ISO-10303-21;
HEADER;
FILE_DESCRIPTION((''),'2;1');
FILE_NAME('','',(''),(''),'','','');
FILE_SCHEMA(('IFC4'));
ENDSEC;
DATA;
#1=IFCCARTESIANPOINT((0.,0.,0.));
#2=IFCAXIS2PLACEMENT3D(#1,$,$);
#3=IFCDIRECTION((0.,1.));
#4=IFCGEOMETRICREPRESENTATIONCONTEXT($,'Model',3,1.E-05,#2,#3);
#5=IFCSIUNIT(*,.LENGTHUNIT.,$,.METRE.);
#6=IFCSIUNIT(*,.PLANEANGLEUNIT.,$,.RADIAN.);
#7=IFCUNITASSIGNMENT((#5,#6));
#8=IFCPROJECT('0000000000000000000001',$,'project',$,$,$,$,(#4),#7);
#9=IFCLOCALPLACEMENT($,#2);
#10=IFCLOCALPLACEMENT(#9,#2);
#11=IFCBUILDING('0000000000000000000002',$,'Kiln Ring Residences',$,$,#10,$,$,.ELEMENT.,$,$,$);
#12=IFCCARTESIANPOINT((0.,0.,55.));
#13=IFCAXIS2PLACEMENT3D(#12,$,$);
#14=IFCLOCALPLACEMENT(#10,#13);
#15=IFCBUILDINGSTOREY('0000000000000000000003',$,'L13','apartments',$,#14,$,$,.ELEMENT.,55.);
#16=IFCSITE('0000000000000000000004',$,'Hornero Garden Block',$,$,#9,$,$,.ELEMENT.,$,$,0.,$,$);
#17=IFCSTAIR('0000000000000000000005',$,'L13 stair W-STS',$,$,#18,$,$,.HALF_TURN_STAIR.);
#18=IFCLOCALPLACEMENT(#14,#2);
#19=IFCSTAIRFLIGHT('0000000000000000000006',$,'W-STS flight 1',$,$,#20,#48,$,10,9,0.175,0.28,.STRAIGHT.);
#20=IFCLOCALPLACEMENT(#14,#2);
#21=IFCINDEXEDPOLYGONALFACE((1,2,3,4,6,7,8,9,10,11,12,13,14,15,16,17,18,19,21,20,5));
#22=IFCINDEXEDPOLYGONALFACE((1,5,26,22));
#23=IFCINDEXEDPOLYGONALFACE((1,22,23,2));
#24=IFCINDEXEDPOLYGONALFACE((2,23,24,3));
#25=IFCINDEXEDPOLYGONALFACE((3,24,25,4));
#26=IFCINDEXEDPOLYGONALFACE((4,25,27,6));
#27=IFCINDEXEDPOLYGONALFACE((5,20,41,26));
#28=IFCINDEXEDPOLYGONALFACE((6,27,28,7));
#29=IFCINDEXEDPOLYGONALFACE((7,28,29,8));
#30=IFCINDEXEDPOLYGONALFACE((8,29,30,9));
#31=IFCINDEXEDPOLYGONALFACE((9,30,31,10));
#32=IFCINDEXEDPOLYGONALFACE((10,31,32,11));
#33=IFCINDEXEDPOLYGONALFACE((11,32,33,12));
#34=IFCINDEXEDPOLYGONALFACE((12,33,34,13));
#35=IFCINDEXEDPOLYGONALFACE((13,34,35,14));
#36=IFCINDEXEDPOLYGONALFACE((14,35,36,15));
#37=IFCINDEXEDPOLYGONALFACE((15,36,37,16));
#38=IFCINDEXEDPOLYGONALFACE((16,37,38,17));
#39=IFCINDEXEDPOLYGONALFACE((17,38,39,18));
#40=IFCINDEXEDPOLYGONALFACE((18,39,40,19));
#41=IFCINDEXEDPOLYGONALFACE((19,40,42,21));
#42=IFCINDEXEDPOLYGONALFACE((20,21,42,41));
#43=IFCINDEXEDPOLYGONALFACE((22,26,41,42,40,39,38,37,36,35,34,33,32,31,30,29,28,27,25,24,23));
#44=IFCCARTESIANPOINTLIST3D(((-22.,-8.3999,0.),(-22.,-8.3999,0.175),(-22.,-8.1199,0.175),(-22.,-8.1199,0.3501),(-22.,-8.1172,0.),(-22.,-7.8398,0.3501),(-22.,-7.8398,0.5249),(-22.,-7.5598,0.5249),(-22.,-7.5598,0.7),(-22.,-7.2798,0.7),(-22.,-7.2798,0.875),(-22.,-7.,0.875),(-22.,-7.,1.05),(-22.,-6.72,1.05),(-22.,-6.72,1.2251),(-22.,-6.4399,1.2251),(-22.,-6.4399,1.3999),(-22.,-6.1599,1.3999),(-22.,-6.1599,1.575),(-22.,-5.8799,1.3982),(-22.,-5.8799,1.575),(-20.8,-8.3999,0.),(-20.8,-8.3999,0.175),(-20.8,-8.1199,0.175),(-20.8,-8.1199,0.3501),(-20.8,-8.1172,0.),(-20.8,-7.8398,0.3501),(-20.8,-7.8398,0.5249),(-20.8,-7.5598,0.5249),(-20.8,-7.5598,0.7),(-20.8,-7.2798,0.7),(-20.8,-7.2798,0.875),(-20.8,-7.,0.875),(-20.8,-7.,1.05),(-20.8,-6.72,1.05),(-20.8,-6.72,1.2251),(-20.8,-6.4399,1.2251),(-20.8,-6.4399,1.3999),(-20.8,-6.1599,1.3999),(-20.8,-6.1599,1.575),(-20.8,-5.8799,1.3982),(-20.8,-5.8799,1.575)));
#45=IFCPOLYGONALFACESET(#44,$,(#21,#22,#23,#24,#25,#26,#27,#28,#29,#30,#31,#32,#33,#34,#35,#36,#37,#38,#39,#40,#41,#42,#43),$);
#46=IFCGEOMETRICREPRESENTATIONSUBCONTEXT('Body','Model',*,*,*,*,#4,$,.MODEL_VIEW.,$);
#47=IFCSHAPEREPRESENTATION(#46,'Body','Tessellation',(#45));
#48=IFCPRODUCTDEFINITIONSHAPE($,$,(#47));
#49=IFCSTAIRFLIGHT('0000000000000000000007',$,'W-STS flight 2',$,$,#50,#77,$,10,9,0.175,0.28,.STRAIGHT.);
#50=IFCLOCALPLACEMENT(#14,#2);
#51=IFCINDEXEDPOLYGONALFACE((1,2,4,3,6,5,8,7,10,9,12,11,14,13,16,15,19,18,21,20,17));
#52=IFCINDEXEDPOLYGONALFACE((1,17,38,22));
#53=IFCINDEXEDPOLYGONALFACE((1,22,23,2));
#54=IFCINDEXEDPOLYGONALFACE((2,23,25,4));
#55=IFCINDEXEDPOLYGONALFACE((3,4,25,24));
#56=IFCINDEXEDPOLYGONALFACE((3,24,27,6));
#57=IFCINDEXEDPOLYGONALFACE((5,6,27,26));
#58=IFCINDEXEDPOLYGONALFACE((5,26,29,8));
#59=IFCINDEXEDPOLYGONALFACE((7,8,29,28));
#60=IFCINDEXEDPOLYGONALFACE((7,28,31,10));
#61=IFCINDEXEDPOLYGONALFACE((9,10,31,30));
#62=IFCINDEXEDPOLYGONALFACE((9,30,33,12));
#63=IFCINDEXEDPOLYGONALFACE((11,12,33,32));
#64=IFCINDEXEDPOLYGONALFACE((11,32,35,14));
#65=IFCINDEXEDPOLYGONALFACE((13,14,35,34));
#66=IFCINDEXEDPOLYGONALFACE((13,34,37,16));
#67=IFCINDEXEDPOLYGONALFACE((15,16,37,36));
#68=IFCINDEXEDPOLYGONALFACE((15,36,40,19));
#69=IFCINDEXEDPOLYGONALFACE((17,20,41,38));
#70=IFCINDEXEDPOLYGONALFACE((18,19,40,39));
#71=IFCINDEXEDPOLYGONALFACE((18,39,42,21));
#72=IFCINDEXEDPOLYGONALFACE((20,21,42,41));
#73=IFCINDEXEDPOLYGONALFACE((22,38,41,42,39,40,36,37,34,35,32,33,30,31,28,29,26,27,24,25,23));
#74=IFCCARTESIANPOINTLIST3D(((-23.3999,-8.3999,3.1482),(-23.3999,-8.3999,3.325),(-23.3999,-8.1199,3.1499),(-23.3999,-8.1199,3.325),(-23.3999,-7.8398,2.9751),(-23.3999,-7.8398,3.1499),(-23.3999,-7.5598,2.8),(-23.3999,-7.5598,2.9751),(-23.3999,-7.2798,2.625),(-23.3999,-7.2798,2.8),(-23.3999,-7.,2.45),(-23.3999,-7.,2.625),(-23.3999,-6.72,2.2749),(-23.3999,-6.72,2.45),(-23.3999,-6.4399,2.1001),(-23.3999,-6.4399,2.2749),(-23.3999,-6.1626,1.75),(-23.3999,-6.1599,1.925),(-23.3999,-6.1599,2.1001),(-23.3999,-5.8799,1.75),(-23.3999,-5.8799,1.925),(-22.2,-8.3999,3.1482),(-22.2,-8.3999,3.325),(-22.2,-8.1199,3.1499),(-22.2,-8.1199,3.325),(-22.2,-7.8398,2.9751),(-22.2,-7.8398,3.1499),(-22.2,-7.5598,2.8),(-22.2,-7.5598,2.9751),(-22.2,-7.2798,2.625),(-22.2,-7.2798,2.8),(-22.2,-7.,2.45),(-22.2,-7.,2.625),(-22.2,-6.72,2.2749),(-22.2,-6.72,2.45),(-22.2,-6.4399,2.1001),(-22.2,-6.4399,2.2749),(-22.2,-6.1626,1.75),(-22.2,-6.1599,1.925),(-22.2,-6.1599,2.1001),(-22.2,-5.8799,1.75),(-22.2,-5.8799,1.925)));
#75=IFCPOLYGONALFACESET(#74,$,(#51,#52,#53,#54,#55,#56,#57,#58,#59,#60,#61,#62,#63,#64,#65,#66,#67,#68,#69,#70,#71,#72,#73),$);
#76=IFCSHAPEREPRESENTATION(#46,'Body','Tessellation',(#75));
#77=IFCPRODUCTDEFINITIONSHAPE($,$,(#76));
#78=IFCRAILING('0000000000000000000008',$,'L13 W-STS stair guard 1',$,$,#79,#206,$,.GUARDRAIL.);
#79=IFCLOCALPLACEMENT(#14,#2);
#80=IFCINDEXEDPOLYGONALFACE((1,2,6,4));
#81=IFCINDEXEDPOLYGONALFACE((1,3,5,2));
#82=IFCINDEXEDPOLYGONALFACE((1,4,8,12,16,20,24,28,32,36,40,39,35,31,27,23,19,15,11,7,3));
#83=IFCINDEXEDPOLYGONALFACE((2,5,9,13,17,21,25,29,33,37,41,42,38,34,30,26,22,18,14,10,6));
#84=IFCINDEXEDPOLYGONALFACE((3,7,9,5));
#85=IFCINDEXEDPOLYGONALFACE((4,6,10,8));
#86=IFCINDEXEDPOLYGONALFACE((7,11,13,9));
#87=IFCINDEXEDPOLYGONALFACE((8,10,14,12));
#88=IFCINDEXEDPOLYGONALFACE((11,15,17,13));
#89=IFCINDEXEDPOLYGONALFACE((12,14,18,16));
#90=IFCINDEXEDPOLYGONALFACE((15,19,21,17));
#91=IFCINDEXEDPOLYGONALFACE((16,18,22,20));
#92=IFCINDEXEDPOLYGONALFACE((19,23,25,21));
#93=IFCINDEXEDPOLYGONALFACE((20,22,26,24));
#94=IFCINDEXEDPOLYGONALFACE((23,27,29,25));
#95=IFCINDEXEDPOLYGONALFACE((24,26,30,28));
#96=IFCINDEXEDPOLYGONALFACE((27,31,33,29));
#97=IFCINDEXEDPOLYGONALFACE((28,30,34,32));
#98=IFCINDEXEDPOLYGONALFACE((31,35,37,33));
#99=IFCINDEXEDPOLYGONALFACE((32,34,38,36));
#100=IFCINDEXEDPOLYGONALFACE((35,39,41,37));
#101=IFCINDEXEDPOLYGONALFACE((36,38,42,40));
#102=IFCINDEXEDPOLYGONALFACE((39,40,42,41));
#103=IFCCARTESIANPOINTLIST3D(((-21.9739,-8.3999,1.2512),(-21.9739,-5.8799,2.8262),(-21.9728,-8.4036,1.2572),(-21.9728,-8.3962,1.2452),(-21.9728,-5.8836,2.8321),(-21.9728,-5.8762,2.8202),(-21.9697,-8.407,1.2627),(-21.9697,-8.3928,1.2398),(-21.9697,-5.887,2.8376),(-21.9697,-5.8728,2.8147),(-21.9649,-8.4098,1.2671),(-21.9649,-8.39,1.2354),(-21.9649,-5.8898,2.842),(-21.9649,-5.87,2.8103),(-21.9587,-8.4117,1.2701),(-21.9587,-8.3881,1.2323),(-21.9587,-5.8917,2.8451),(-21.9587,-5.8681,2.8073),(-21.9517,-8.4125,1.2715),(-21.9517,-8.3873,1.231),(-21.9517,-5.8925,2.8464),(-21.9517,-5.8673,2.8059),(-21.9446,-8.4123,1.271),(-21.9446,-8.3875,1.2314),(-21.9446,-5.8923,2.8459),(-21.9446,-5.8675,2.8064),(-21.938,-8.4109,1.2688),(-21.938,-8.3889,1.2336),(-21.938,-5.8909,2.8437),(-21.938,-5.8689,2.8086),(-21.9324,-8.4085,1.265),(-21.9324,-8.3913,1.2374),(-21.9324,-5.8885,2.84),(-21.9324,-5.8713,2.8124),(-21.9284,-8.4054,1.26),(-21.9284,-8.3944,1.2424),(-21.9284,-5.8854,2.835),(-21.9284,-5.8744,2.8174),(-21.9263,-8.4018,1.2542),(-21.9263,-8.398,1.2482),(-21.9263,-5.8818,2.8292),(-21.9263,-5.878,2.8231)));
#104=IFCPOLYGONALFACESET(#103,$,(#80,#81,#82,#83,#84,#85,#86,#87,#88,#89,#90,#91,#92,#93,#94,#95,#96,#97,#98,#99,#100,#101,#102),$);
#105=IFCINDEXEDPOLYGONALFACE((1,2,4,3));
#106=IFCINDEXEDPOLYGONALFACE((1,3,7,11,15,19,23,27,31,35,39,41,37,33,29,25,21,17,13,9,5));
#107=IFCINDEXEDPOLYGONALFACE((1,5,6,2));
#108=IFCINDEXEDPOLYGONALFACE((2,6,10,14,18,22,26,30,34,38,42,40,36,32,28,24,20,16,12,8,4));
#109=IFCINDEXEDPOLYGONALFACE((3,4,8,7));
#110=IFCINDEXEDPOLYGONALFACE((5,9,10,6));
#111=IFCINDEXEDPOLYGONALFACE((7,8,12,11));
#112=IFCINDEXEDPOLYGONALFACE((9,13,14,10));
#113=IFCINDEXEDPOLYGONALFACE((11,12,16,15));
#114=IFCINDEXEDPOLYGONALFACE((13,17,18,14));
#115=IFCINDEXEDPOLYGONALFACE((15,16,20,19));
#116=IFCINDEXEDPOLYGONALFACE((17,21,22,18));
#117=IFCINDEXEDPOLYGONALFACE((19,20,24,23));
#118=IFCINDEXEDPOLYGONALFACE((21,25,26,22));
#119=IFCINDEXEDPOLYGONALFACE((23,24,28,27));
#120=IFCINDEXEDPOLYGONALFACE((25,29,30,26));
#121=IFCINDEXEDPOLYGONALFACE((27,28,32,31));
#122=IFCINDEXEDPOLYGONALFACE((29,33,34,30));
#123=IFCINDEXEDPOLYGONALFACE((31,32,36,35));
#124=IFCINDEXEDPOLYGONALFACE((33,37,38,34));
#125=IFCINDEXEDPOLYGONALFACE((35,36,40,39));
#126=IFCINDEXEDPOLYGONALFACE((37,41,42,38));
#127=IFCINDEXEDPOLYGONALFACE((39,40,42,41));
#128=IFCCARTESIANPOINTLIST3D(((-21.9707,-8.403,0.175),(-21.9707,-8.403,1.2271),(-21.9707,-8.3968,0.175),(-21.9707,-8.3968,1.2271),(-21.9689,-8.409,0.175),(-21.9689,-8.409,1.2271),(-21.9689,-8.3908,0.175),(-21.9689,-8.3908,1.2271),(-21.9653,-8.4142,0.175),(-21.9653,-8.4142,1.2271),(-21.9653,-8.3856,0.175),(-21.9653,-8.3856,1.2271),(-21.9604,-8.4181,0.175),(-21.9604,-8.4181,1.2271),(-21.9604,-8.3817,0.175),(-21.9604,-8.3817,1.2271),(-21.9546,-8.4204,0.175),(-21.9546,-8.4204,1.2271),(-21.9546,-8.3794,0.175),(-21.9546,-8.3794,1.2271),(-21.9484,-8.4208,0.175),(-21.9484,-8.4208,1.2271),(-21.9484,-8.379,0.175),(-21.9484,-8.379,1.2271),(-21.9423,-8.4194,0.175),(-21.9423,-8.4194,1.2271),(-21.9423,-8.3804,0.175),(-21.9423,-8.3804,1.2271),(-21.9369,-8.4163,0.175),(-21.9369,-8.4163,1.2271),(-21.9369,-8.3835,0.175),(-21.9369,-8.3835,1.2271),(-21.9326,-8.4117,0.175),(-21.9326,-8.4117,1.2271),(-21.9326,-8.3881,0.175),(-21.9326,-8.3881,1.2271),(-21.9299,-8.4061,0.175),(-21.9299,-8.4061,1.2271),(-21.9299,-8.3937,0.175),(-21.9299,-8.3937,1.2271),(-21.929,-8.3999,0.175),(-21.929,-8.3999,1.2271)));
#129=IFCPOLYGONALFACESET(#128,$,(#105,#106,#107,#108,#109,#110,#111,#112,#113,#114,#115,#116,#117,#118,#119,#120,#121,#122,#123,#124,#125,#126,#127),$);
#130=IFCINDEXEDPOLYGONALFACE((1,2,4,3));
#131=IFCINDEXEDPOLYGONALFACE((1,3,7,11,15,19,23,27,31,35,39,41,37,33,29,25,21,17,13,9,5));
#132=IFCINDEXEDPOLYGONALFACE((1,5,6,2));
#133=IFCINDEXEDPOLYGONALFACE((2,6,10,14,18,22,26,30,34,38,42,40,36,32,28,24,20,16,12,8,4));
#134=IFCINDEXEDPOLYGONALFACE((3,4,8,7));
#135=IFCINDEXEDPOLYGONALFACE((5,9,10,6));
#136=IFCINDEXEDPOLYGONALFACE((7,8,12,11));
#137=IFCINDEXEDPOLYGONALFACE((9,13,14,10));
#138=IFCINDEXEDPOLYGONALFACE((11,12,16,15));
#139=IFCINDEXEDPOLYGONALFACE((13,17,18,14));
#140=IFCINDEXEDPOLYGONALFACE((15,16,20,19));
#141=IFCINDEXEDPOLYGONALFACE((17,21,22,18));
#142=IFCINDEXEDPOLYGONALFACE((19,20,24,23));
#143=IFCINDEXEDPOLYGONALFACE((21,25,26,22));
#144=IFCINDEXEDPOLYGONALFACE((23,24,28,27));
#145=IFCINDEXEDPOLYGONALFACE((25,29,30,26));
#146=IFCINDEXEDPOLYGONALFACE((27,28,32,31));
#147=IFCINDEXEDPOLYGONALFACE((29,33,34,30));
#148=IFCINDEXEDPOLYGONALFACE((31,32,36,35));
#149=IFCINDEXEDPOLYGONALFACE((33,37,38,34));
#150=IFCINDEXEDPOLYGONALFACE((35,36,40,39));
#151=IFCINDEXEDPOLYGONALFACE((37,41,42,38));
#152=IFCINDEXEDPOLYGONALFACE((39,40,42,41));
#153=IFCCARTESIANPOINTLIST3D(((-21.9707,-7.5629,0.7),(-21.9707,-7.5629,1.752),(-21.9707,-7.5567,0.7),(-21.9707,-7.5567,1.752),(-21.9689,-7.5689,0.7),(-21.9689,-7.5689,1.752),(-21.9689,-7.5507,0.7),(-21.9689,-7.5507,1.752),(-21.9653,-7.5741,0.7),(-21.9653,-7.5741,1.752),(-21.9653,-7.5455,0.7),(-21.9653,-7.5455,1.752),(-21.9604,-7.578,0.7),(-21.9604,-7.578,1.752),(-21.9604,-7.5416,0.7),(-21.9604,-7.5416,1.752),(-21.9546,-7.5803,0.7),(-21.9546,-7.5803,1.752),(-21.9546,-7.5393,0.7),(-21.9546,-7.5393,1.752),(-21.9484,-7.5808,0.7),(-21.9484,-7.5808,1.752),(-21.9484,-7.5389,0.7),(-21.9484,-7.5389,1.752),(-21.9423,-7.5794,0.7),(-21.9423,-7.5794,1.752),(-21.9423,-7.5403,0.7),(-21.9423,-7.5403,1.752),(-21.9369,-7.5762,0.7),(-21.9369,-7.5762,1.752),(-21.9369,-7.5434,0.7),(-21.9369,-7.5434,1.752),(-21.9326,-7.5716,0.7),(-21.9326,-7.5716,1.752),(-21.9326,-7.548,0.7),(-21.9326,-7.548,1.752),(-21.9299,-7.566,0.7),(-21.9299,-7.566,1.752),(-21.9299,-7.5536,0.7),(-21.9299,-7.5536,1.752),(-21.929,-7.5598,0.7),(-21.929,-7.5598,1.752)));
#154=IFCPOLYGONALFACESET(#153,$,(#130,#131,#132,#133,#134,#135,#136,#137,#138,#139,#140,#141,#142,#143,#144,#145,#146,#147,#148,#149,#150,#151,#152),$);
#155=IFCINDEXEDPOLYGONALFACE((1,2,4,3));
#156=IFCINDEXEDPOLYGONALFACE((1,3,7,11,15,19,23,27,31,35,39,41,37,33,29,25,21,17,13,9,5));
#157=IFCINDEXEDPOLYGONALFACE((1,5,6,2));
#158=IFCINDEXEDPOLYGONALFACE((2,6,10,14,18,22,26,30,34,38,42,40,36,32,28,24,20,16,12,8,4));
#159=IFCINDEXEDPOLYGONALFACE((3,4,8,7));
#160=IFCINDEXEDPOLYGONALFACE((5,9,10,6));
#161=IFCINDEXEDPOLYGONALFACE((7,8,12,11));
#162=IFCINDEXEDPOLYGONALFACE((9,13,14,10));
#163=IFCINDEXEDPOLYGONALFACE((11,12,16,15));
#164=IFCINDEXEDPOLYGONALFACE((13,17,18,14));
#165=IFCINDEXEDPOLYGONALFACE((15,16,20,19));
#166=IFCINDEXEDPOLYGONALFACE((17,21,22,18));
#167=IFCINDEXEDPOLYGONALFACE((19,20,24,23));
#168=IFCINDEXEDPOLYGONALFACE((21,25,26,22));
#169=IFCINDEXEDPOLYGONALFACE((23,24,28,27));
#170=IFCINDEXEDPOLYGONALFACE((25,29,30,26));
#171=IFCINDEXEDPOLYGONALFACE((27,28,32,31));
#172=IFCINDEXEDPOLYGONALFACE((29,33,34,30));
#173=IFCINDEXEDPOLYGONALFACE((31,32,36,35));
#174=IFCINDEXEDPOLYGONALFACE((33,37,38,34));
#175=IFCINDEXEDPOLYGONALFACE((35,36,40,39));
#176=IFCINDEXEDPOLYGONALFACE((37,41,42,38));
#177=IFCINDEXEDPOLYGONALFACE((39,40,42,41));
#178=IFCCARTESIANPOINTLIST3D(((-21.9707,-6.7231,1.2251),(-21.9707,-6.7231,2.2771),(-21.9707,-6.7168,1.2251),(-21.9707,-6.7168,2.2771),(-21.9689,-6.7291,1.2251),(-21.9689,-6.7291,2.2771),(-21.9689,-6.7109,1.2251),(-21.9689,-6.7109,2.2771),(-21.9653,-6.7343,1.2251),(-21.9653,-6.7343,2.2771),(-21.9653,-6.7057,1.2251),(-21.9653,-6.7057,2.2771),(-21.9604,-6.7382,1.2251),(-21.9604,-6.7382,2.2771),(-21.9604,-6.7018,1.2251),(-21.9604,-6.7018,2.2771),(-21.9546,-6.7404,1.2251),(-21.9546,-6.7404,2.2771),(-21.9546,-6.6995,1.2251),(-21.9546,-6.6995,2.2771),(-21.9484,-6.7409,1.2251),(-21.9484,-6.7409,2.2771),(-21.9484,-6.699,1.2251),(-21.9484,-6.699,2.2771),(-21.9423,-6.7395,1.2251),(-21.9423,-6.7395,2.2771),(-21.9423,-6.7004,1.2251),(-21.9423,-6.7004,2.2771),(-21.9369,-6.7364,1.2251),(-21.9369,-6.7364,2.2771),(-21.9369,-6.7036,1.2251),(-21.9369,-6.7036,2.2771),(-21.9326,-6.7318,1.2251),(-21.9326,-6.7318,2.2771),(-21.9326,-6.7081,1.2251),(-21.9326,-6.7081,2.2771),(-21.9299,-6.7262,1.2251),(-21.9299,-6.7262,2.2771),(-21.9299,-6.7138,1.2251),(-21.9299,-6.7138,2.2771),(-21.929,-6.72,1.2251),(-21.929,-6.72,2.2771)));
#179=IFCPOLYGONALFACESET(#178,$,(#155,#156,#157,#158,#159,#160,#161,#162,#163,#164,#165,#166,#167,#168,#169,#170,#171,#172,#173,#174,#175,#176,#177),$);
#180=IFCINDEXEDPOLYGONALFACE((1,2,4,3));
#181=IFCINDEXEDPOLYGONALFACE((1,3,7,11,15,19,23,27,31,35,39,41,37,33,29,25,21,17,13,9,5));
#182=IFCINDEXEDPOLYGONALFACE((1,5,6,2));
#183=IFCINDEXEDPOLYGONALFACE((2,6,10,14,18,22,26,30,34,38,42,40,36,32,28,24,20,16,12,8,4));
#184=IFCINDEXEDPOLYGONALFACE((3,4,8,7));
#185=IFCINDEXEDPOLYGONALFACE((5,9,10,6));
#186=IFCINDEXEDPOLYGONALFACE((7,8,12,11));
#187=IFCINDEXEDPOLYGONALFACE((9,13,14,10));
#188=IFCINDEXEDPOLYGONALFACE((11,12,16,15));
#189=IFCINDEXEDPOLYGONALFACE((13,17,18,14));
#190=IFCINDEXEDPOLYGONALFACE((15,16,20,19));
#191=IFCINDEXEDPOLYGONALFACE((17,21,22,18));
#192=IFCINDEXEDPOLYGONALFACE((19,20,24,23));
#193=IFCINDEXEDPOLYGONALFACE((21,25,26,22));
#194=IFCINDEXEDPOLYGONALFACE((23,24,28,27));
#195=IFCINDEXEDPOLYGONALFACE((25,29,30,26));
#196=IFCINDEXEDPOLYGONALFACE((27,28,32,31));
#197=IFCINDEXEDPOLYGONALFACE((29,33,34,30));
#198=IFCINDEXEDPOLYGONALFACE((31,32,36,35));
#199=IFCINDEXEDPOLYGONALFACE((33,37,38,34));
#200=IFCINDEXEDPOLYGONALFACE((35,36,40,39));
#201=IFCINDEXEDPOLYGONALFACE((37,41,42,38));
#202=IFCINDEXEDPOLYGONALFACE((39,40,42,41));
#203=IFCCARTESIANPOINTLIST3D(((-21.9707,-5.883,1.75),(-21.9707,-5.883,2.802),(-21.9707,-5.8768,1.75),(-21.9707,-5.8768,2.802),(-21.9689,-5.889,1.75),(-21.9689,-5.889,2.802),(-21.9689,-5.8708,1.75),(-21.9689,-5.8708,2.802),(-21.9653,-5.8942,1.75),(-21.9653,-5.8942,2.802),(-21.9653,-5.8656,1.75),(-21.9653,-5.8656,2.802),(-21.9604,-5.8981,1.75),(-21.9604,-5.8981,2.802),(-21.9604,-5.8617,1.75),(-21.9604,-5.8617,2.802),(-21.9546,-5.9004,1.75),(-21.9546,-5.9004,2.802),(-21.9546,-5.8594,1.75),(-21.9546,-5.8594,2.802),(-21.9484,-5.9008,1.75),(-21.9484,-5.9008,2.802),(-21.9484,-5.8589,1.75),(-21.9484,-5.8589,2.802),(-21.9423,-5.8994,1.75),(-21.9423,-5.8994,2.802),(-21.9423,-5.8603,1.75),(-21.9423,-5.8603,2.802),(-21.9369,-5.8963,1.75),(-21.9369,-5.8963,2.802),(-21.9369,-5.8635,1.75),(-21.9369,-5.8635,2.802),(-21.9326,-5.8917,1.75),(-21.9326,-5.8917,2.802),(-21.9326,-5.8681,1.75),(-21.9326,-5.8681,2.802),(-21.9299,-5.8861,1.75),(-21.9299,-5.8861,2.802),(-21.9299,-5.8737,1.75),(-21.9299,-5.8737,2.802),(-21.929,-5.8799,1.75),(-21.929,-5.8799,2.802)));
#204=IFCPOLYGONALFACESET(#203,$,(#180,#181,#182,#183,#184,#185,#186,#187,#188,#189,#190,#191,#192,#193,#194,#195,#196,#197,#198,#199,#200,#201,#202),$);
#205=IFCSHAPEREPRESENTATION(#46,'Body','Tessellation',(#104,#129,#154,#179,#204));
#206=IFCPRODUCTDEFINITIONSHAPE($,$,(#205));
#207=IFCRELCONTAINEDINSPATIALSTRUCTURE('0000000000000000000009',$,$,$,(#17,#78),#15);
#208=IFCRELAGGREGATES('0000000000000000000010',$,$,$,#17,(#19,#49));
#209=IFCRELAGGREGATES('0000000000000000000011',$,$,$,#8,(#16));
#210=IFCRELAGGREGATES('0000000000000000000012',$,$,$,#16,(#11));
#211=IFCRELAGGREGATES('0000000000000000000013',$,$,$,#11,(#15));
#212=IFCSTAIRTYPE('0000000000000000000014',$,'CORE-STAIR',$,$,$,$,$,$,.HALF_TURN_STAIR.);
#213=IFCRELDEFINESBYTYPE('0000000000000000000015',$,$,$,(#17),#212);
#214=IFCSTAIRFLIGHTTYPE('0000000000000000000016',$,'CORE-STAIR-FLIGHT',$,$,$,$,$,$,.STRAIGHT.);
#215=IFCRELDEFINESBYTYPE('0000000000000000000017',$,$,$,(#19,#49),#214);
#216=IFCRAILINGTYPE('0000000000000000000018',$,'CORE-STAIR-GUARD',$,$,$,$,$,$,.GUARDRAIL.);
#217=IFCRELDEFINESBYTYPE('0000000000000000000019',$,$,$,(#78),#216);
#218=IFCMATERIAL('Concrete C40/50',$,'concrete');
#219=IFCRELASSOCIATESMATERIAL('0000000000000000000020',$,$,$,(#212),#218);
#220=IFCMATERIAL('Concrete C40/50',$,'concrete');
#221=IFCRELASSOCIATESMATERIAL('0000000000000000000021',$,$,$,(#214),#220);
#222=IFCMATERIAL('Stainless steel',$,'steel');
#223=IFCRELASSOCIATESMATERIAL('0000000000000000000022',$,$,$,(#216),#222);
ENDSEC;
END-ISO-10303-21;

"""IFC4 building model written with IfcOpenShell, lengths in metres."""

from ifc_helpers import new_model, si_unit, direction, frame, origin, origin_2d, place, context, subcontext, project, spatial, polyline, circle, outline, extrude, material, type_object, element, aggregate, save


model = new_model("IFC4")

# Units and contexts
model_context = context("Model", 3, precision=1e-05, world=origin(), true_north=direction((0.0, 1.0)))
body_context = subcontext(model_context, "Body", "Model", "MODEL_VIEW")
ifc_project = project(units=[si_unit("LENGTHUNIT", "METRE"), si_unit("PLANEANGLEUNIT", "RADIAN")], contexts=[model_context])

# Site, building, storey
site_placement = place(None, origin())
site = spatial("IfcSite", under=ifc_project, at=site_placement, Name="Hornero Garden Block", CompositionType="ELEMENT", RefElevation=0.0)
building_placement = place(site_placement, origin())
building = spatial("IfcBuilding", under=site, at=building_placement, Name="Kiln Ring Residences", CompositionType="ELEMENT")
storey_placement = place(building_placement, frame((0.0, 0.0, 55.0)))
storey = spatial("IfcBuildingStorey", under=building, at=storey_placement, Name="L13", Description="apartments", CompositionType="ELEMENT", Elevation=55.0)

# Stair, stair flights
ifc_material_1 = material(Name="Concrete C40/50", Category="concrete")
stair_type = type_object("IfcStairType", Name="CORE-STAIR", PredefinedType="HALF_TURN_STAIR", material=ifc_material_1)
stair_placement = place(storey_placement, origin())
stair = element("IfcStair", 1, at=stair_placement, inside=storey, type_object=stair_type, Name="L13 stair W-STS", PredefinedType="HALF_TURN_STAIR")
ifc_material_2 = material(Name="Concrete C40/50", Category="concrete")
stair_flight_type = type_object("IfcStairFlightType", Name="CORE-STAIR-FLIGHT", PredefinedType="STRAIGHT", material=ifc_material_2)
stair_flight_1_placement = place(storey_placement, frame((-21.3999, -8.3999, 0.0), z_axis=(0.0, 0.0, 1.0), x_axis=(0.0, 1.0, 0.0)))
stair_flight_1 = element("IfcStairFlight", 2, at=stair_flight_1_placement, type_object=stair_flight_type, Name="W-STS flight 1", NumberOfRisers=10, NumberOfTreads=9, PredefinedType="STRAIGHT", RiserHeight=0.175, TreadLength=0.28, context=body_context, shape_type="SweptSolid", body=[
    extrude(outline(polyline([(0.0, 0.0), (0.0, 0.175), (0.28, 0.175), (0.28, 0.3501), (0.5601, 0.3501), (0.5601, 0.5249), (0.8401, 0.5249), (0.8401, 0.7), (1.1201, 0.7), (1.1201, 0.875), (1.3999, 0.875), (1.3999, 1.05), (1.6799, 1.05), (1.6799, 1.2251), (1.96, 1.2251), (1.96, 1.3999), (2.24, 1.3999), (2.24, 1.575), (2.52, 1.575), (2.52, 1.75), (2.52, 1.3982), (0.2827, 0.0), (0.0, 0.0)])), frame((0.0, 0.6001, 0.0), z_axis=(0.0, -1.0, 0.0), x_axis=(1.0, 0.0, 0.0)), (0.0, 0.0, 1.0), 1.2),
])
stair_flight_2_placement = place(storey_placement, frame((-22.8, -5.8799, 1.75), z_axis=(0.0, 0.0, 1.0), x_axis=(0.0, -1.0, 0.0)))
stair_flight_2 = element("IfcStairFlight", 3, at=stair_flight_2_placement, type_object=stair_flight_type, Name="W-STS flight 2", NumberOfRisers=10, NumberOfTreads=9, PredefinedType="STRAIGHT", RiserHeight=0.175, TreadLength=0.28, context=body_context, shape_type="SweptSolid", body=[
    extrude(outline(polyline([(0.0, 0.0), (0.0, 0.175), (0.28, 0.175), (0.28, 0.3501), (0.5601, 0.3501), (0.5601, 0.5249), (0.8401, 0.5249), (0.8401, 0.7), (1.1201, 0.7), (1.1201, 0.875), (1.3999, 0.875), (1.3999, 1.05), (1.6799, 1.05), (1.6799, 1.2251), (1.96, 1.2251), (1.96, 1.3999), (2.24, 1.3999), (2.24, 1.575), (2.52, 1.575), (2.52, 1.75), (2.52, 1.3982), (0.2827, 0.0), (0.0, 0.0)])), frame((0.0, 0.6001, 0.0), z_axis=(0.0, -1.0, 0.0), x_axis=(1.0, 0.0, 0.0)), (0.0, 0.0, 1.0), 1.2),
])
aggregate(stair, [stair_flight_1, stair_flight_2])

# Railing
ifc_material_3 = material(Name="Stainless steel", Category="steel")
railing_type_1 = type_object("IfcRailingType", Name="CORE-STAIR-GUARD", PredefinedType="GUARDRAIL", material=ifc_material_3)
railing_1_placement = place(storey_placement, frame((-21.95, -8.3999, 0.175)))
element("IfcRailing", 4, at=railing_1_placement, inside=storey, type_object=railing_type_1, Name="L13 W-STS stair guard 1", PredefinedType="GUARDRAIL", context=body_context, shape_type="SweptSolid", body=[
    extrude(circle(Radius=0.0239, at=origin_2d()), frame((0.0, 0.0, 1.0762), z_axis=(0.0, 0.848008, 0.529984), x_axis=(-1.0, 0.0, 0.0)), (0.0, 0.0, 1.0), 2.9717),
    extrude(circle(Radius=0.021, at=origin_2d()), origin(), (0.0, 0.0, 1.0), 1.052),
    extrude(circle(Radius=0.021, at=origin_2d()), frame((0.0, 0.8401, 0.5249)), (0.0, 0.0, 1.0), 1.052),
    extrude(circle(Radius=0.021, at=origin_2d()), frame((0.0, 1.6799, 1.05)), (0.0, 0.0, 1.0), 1.052),
    extrude(circle(Radius=0.021, at=origin_2d()), frame((0.0, 2.52, 1.575)), (0.0, 0.0, 1.0), 1.052),
])

save(model, "model.ifc")
